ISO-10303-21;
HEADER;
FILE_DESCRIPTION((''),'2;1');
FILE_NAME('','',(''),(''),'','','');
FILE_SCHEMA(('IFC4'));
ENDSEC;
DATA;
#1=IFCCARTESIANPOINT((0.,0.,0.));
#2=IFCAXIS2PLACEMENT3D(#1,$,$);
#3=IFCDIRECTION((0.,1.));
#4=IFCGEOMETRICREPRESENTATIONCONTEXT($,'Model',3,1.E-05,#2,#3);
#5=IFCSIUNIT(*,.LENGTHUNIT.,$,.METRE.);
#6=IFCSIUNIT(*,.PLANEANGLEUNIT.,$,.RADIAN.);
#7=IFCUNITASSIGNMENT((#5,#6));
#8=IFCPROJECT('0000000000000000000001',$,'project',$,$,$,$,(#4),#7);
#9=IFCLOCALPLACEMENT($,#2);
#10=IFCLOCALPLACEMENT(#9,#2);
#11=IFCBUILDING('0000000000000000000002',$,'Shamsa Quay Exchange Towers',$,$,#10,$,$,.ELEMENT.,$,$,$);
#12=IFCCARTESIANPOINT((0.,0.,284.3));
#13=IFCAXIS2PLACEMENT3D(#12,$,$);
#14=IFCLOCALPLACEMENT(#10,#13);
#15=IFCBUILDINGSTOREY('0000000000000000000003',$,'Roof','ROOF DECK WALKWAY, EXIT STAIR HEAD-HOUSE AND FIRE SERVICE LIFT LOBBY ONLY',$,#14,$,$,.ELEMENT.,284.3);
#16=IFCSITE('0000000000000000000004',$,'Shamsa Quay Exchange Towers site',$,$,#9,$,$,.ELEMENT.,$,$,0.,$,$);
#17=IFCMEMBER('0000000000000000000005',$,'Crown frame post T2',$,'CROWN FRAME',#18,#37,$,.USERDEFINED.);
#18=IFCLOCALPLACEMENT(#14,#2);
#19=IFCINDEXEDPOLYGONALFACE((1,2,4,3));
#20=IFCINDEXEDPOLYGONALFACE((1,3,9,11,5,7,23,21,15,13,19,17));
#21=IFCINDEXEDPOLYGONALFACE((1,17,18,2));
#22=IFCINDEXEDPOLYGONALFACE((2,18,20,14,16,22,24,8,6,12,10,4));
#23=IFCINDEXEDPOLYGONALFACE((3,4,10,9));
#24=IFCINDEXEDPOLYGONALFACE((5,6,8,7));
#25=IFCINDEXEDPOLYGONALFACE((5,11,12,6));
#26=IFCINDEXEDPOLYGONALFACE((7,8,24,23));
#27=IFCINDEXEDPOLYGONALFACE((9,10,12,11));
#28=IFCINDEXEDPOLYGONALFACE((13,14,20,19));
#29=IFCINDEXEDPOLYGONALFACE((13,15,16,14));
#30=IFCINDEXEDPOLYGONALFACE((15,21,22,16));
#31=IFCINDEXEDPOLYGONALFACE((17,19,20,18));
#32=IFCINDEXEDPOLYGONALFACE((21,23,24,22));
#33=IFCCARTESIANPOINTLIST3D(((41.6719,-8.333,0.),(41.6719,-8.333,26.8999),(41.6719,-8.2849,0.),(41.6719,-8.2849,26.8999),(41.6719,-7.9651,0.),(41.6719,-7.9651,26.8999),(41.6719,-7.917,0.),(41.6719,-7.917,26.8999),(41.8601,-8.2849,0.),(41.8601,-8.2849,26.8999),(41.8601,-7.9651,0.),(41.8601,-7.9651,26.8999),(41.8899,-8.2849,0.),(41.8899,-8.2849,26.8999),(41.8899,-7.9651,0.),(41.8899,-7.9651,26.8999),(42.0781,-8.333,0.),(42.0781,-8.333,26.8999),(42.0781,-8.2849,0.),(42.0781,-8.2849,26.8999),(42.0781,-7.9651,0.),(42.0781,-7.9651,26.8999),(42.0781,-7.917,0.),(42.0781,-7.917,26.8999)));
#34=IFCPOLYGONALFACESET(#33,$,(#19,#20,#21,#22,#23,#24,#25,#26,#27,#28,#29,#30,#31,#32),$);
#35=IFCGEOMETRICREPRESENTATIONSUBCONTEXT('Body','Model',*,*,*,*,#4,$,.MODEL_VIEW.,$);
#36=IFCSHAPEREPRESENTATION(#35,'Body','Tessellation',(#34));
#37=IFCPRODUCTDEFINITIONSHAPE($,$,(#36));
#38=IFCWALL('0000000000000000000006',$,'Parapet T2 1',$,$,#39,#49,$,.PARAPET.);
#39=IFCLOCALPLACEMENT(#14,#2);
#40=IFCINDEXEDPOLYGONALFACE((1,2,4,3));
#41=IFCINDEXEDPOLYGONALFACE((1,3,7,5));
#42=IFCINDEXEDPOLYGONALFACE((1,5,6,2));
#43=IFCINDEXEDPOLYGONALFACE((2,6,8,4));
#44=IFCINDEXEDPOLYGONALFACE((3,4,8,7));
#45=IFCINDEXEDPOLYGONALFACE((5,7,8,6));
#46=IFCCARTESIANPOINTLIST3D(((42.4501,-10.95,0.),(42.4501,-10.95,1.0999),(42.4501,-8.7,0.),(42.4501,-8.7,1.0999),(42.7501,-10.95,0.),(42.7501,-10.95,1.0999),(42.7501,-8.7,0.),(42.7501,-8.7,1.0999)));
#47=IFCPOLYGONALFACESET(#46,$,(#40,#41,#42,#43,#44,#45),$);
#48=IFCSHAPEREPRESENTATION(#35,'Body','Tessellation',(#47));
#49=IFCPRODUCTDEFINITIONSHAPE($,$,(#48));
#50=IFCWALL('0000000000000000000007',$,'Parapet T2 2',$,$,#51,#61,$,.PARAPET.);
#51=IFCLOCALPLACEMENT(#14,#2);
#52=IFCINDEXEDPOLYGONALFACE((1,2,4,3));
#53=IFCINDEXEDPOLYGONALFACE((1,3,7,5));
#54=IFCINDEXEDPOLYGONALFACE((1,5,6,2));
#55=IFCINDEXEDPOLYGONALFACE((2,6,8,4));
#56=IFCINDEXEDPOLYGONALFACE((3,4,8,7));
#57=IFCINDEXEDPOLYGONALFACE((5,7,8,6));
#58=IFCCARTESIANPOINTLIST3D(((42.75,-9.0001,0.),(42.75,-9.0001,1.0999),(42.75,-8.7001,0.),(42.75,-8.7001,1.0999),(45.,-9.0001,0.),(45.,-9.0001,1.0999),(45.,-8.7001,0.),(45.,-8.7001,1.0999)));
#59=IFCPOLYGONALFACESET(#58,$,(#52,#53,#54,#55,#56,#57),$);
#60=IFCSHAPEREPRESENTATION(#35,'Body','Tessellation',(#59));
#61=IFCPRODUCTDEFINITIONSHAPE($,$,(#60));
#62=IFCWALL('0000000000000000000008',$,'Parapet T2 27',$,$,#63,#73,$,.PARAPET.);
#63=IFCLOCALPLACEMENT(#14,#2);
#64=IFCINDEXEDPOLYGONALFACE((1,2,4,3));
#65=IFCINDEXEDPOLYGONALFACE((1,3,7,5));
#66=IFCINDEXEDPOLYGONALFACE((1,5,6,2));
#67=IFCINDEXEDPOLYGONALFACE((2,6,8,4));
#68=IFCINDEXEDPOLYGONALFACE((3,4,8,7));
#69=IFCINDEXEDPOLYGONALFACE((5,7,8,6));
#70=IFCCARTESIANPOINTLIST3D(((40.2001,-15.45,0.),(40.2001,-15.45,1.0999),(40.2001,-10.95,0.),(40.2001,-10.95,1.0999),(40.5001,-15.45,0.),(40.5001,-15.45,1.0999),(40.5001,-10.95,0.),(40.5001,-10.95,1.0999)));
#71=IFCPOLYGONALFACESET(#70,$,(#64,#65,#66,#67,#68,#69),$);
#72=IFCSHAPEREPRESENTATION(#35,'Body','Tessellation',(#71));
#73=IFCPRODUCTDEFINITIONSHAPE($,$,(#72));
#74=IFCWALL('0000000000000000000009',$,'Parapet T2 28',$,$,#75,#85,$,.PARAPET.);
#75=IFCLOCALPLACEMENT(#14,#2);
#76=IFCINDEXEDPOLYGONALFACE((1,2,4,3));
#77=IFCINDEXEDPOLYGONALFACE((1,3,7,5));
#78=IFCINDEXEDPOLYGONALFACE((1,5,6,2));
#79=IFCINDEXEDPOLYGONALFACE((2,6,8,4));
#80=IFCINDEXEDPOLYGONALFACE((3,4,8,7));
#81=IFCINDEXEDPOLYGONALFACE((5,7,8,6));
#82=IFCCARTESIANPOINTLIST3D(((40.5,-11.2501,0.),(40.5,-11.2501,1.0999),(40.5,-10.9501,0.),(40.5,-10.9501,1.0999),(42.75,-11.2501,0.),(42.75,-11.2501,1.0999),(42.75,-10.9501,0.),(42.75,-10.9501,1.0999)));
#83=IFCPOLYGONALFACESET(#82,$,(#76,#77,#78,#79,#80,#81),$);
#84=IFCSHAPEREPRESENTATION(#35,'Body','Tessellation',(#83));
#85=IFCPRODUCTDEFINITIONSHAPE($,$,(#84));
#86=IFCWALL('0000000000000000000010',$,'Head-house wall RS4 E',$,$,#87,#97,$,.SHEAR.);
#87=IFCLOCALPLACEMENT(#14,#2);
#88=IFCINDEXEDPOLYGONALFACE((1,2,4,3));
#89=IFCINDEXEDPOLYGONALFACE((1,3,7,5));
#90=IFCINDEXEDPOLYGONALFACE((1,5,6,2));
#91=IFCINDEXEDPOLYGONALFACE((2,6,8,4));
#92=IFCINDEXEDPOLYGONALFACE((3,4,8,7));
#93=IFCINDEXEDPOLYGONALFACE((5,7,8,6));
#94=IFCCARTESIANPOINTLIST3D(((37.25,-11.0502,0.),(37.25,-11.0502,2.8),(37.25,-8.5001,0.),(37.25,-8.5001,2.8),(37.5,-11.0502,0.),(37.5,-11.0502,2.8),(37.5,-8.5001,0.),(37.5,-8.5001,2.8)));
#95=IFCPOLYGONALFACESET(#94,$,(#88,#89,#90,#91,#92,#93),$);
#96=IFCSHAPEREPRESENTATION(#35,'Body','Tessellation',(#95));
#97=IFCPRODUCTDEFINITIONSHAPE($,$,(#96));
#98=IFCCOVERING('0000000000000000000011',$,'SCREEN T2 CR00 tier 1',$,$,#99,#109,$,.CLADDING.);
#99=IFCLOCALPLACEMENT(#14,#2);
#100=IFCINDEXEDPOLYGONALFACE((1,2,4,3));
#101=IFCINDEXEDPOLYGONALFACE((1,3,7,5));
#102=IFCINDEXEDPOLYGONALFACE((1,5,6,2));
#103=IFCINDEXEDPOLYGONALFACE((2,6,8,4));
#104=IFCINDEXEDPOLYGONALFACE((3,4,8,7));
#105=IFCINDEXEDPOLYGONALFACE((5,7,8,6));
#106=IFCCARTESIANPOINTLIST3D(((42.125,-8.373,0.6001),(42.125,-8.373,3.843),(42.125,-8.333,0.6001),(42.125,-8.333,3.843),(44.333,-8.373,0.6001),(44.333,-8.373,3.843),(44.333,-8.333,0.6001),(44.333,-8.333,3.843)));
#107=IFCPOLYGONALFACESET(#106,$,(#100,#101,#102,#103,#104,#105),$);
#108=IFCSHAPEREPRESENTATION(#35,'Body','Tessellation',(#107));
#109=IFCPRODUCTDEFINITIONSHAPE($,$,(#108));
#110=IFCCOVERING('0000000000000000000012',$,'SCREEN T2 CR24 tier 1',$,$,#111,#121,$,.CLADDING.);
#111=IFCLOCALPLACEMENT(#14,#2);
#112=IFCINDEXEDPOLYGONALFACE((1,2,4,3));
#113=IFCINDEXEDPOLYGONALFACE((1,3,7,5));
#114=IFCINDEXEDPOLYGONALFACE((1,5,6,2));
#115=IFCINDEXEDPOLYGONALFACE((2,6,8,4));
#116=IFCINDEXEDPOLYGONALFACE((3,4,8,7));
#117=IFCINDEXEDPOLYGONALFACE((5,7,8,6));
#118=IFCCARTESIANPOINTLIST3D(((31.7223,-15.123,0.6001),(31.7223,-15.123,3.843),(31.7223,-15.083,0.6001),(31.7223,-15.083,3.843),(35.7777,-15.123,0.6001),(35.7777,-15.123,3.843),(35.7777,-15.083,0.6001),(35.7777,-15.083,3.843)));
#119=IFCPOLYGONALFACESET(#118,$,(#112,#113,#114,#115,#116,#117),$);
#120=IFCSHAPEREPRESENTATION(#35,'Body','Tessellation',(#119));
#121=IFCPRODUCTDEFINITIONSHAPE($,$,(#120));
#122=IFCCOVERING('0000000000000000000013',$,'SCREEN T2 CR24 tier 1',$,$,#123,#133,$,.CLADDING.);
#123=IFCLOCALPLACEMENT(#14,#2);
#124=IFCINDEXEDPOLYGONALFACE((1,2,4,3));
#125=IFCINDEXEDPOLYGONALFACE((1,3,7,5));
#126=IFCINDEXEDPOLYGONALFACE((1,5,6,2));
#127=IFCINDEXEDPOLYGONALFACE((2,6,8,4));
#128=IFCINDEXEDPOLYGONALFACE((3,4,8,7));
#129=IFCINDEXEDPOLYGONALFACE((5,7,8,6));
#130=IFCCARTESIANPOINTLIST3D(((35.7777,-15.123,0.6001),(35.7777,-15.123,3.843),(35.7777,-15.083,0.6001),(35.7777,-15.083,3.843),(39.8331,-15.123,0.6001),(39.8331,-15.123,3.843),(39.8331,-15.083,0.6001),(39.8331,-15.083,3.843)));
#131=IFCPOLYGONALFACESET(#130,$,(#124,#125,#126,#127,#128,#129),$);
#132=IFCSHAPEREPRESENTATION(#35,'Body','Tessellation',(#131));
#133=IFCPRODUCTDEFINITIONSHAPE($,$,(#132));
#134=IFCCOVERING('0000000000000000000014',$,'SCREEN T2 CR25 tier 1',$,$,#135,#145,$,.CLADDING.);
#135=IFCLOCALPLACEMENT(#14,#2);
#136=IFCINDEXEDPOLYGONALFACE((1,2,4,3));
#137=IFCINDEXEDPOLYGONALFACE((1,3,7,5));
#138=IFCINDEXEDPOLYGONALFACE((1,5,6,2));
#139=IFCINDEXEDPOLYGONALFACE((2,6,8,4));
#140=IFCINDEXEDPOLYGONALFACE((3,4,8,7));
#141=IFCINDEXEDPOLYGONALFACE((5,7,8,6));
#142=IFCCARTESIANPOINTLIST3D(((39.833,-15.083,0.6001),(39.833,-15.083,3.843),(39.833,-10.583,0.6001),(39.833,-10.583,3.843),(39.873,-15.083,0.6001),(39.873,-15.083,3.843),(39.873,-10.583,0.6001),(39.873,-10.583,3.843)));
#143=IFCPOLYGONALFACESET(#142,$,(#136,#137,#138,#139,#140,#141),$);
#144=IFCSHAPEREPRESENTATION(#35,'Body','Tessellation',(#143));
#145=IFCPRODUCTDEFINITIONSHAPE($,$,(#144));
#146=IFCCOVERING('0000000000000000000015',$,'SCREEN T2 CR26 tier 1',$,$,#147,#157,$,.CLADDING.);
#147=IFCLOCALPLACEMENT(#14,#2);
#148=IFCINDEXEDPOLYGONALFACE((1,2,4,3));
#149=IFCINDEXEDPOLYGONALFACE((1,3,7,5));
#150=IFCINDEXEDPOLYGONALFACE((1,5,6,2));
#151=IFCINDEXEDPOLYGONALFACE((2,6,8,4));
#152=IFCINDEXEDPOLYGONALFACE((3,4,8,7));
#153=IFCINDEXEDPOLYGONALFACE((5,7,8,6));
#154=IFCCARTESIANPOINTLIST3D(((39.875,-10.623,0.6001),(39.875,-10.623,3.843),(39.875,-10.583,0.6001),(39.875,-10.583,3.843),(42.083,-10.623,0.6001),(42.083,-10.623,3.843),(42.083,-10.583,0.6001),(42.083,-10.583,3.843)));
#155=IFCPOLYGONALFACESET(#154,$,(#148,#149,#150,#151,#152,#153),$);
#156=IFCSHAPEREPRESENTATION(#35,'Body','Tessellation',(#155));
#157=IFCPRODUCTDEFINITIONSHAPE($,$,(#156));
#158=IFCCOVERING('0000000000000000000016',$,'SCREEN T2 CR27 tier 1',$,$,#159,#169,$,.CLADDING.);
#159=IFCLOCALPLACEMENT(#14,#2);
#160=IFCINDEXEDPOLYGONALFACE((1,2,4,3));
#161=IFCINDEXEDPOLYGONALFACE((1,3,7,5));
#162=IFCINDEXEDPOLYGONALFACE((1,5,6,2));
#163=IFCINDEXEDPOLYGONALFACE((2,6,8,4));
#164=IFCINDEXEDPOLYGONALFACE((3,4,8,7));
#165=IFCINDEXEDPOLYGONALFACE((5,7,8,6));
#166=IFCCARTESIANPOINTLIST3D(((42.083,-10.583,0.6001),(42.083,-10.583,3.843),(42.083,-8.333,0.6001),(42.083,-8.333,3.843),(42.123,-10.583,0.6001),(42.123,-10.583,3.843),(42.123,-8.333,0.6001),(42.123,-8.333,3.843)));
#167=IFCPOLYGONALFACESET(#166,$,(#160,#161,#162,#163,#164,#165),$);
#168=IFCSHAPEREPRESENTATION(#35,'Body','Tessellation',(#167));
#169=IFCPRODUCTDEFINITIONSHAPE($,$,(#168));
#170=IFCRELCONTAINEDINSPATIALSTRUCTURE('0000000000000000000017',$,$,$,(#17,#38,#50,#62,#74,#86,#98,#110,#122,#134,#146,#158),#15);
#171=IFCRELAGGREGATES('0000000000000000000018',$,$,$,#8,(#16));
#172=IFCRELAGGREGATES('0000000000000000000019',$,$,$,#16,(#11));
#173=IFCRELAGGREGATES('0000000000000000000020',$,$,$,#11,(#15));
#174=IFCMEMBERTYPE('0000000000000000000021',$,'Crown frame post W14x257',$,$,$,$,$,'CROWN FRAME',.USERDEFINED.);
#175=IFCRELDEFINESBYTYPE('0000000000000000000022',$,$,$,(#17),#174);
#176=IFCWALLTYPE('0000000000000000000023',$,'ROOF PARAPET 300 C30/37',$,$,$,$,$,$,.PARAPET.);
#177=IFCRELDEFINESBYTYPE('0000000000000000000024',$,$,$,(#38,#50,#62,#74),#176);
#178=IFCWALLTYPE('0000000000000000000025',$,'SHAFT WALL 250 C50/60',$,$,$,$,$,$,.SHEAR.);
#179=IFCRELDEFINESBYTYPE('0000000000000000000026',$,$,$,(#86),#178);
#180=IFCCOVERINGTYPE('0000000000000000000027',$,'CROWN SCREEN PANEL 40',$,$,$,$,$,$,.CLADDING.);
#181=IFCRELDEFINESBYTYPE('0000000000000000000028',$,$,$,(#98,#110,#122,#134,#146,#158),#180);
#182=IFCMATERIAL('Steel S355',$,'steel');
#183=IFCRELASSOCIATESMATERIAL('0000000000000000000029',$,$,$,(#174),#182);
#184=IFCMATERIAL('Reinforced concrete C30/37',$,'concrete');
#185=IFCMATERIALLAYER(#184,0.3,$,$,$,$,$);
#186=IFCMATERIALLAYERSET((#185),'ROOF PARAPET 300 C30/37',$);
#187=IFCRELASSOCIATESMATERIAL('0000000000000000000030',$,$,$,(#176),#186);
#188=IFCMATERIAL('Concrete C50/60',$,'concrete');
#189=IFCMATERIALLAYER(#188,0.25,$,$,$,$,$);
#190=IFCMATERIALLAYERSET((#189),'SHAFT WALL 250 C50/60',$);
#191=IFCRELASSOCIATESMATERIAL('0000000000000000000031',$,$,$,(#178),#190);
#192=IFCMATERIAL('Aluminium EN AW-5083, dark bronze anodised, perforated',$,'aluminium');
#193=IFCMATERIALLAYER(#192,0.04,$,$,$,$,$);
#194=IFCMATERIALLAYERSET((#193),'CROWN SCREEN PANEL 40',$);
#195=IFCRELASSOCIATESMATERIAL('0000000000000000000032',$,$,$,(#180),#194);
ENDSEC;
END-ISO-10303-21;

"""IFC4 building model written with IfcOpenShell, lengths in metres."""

from ifc_helpers import new_model, si_unit, direction, frame, frame_2d, origin, origin_2d, place, context, subcontext, project, spatial, rectangle, i_section, extrude, material, layer, layer_set, material_profile, profile_set, type_object, element, save


model = new_model("IFC4")

# Units and contexts
model_context = context("Model", 3, precision=1e-05, world=origin(), true_north=direction((0.0, 1.0)))
body_context = subcontext(model_context, "Body", "Model", "MODEL_VIEW")
ifc_project = project(units=[si_unit("LENGTHUNIT", "METRE"), si_unit("PLANEANGLEUNIT", "RADIAN")], contexts=[model_context])

# Site, building, storey
site_placement = place(None, origin())
site = spatial("IfcSite", under=ifc_project, at=site_placement, Name="Shamsa Quay Exchange Towers site", CompositionType="ELEMENT", RefElevation=0.0)
building_placement = place(site_placement, origin())
building = spatial("IfcBuilding", under=site, at=building_placement, Name="Shamsa Quay Exchange Towers", CompositionType="ELEMENT")
storey_placement = place(building_placement, frame((0.0, 0.0, 284.3)))
storey = spatial("IfcBuildingStorey", under=building, at=storey_placement, Name="Roof", Description="ROOF DECK WALKWAY, EXIT STAIR HEAD-HOUSE AND FIRE SERVICE LIFT LOBBY ONLY", CompositionType="ELEMENT", Elevation=284.3)

# Member
ifc_material_1 = material(Name="Steel S355", Category="steel")
ifc_material_profile_1 = material_profile(ifc_material_1, i_section(OverallWidth=0.4062, OverallDepth=0.416, WebThickness=0.0298, FlangeThickness=0.0481, at=origin_2d()), Name="W14x257")
ifc_profile_set_1 = profile_set([ifc_material_profile_1], Name="Steel S355")
member_type_1 = type_object("IfcMemberType", Name="Crown frame post W14x257", ElementType="CROWN FRAME", PredefinedType="USERDEFINED", material=ifc_profile_set_1)
for number, where, name in (
    (1, (41.875, -8.125, 0.0), "Crown frame post T2"),
):
    element("IfcMember", number, at=place(storey_placement, frame(where)), inside=storey, type_object=member_type_1, Name=name, ObjectType="CROWN FRAME", PredefinedType="USERDEFINED", context=body_context, shape_type="SweptSolid", body=[
        extrude(i_section(OverallWidth=0.4062, OverallDepth=0.416, WebThickness=0.0298, FlangeThickness=0.0481, at=origin_2d()), origin(), (0.0, 0.0, 1.0), 26.8999),
    ])

# Walls
ifc_material_2 = material(Name="Reinforced concrete C30/37", Category="concrete")
ifc_layer_1 = layer(ifc_material_2, 0.3)
ifc_layer_set_1 = layer_set([ifc_layer_1], Name="ROOF PARAPET 300 C30/37")
wall_type_1 = type_object("IfcWallType", Name="ROOF PARAPET 300 C30/37", PredefinedType="PARAPET", material=ifc_layer_set_1)
wall_1_placement = place(storey_placement, frame((42.6001, -10.95, 0.0), z_axis=(0.0, 0.0, 1.0), x_axis=(0.0, 1.0, 0.0)))
element("IfcWall", 2, at=wall_1_placement, inside=storey, type_object=wall_type_1, Name="Parapet T2 1", PredefinedType="PARAPET", context=body_context, shape_type="SweptSolid", body=[
    extrude(rectangle(XDim=2.25, YDim=0.3, at=frame_2d((1.125, 0.0))), origin(), (0.0, 0.0, 1.0), 1.0999),
])
wall_2_placement = place(storey_placement, frame((42.75, -8.8501, 0.0)))
element("IfcWall", 3, at=wall_2_placement, inside=storey, type_object=wall_type_1, Name="Parapet T2 2", PredefinedType="PARAPET", context=body_context, shape_type="SweptSolid", body=[
    extrude(rectangle(XDim=2.25, YDim=0.3, at=frame_2d((1.125, 0.0))), origin(), (0.0, 0.0, 1.0), 1.0999),
])
wall_3_placement = place(storey_placement, frame((40.3501, -15.45, 0.0), z_axis=(0.0, 0.0, 1.0), x_axis=(0.0, 1.0, 0.0)))
element("IfcWall", 4, at=wall_3_placement, inside=storey, type_object=wall_type_1, Name="Parapet T2 27", PredefinedType="PARAPET", context=body_context, shape_type="SweptSolid", body=[
    extrude(rectangle(XDim=4.5, YDim=0.3, at=frame_2d((2.25, 0.0))), origin(), (0.0, 0.0, 1.0), 1.0999),
])
wall_4_placement = place(storey_placement, frame((40.5, -11.1001, 0.0)))
element("IfcWall", 5, at=wall_4_placement, inside=storey, type_object=wall_type_1, Name="Parapet T2 28", PredefinedType="PARAPET", context=body_context, shape_type="SweptSolid", body=[
    extrude(rectangle(XDim=2.25, YDim=0.3, at=frame_2d((1.125, 0.0))), origin(), (0.0, 0.0, 1.0), 1.0999),
])
ifc_material_3 = material(Name="Concrete C50/60", Category="concrete")
ifc_layer_2 = layer(ifc_material_3, 0.25)
ifc_layer_set_2 = layer_set([ifc_layer_2], Name="SHAFT WALL 250 C50/60")
wall_type_2 = type_object("IfcWallType", Name="SHAFT WALL 250 C50/60", PredefinedType="SHEAR", material=ifc_layer_set_2)
wall_5_placement = place(storey_placement, frame((37.375, -11.05, 0.0), z_axis=(0.0, 0.0, 1.0), x_axis=(0.0, 1.0, 0.0)))
element("IfcWall", 6, at=wall_5_placement, inside=storey, type_object=wall_type_2, Name="Head-house wall RS4 E", PredefinedType="SHEAR", context=body_context, shape_type="SweptSolid", body=[
    extrude(rectangle(XDim=2.55, YDim=0.25, at=frame_2d((1.2749, 0.0))), origin(), (0.0, 0.0, 1.0), 2.8),
])

# Coverings
ifc_material_4 = material(Name="Aluminium EN AW-5083, dark bronze anodised, perforated", Category="aluminium")
ifc_layer_3 = layer(ifc_material_4, 0.04)
ifc_layer_set_3 = layer_set([ifc_layer_3], Name="CROWN SCREEN PANEL 40")
covering_type = type_object("IfcCoveringType", Name="CROWN SCREEN PANEL 40", PredefinedType="CLADDING", material=ifc_layer_set_3)
covering_1_placement = place(storey_placement, frame((43.229, -8.353, 0.6001)))
element("IfcCovering", 7, at=covering_1_placement, inside=storey, type_object=covering_type, Name="SCREEN T2 CR00 tier 1", PredefinedType="CLADDING", context=body_context, shape_type="SweptSolid", body=[
    extrude(rectangle(XDim=2.208, YDim=0.04, at=origin_2d()), origin(), (0.0, 0.0, 1.0), 3.2429),
])
for number, where, name in (
    (8, (33.75, -15.103, 0.6001), "SCREEN T2 CR24 tier 1"),
    (9, (37.8054, -15.103, 0.6001), "SCREEN T2 CR24 tier 1"),
):
    element("IfcCovering", number, at=place(storey_placement, frame(where)), inside=storey, type_object=covering_type, Name=name, PredefinedType="CLADDING", context=body_context, shape_type="SweptSolid", body=[
        extrude(rectangle(XDim=4.0554, YDim=0.04, at=origin_2d()), origin(), (0.0, 0.0, 1.0), 3.2429),
    ])
covering_2_placement = place(storey_placement, frame((39.853, -12.833, 0.6001), z_axis=(0.0, 0.0, 1.0), x_axis=(0.0, 1.0, 0.0)))
element("IfcCovering", 10, at=covering_2_placement, inside=storey, type_object=covering_type, Name="SCREEN T2 CR25 tier 1", PredefinedType="CLADDING", context=body_context, shape_type="SweptSolid", body=[
    extrude(rectangle(XDim=4.5, YDim=0.04, at=origin_2d()), origin(), (0.0, 0.0, 1.0), 3.2429),
])
covering_3_placement = place(storey_placement, frame((40.979, -10.603, 0.6001)))
element("IfcCovering", 11, at=covering_3_placement, inside=storey, type_object=covering_type, Name="SCREEN T2 CR26 tier 1", PredefinedType="CLADDING", context=body_context, shape_type="SweptSolid", body=[
    extrude(rectangle(XDim=2.208, YDim=0.04, at=origin_2d()), origin(), (0.0, 0.0, 1.0), 3.2429),
])
covering_4_placement = place(storey_placement, frame((42.103, -9.458, 0.6001), z_axis=(0.0, 0.0, 1.0), x_axis=(0.0, 1.0, 0.0)))
element("IfcCovering", 12, at=covering_4_placement, inside=storey, type_object=covering_type, Name="SCREEN T2 CR27 tier 1", PredefinedType="CLADDING", context=body_context, shape_type="SweptSolid", body=[
    extrude(rectangle(XDim=2.25, YDim=0.04, at=origin_2d()), origin(), (0.0, 0.0, 1.0), 3.2429),
])

save(model, "model.ifc")
